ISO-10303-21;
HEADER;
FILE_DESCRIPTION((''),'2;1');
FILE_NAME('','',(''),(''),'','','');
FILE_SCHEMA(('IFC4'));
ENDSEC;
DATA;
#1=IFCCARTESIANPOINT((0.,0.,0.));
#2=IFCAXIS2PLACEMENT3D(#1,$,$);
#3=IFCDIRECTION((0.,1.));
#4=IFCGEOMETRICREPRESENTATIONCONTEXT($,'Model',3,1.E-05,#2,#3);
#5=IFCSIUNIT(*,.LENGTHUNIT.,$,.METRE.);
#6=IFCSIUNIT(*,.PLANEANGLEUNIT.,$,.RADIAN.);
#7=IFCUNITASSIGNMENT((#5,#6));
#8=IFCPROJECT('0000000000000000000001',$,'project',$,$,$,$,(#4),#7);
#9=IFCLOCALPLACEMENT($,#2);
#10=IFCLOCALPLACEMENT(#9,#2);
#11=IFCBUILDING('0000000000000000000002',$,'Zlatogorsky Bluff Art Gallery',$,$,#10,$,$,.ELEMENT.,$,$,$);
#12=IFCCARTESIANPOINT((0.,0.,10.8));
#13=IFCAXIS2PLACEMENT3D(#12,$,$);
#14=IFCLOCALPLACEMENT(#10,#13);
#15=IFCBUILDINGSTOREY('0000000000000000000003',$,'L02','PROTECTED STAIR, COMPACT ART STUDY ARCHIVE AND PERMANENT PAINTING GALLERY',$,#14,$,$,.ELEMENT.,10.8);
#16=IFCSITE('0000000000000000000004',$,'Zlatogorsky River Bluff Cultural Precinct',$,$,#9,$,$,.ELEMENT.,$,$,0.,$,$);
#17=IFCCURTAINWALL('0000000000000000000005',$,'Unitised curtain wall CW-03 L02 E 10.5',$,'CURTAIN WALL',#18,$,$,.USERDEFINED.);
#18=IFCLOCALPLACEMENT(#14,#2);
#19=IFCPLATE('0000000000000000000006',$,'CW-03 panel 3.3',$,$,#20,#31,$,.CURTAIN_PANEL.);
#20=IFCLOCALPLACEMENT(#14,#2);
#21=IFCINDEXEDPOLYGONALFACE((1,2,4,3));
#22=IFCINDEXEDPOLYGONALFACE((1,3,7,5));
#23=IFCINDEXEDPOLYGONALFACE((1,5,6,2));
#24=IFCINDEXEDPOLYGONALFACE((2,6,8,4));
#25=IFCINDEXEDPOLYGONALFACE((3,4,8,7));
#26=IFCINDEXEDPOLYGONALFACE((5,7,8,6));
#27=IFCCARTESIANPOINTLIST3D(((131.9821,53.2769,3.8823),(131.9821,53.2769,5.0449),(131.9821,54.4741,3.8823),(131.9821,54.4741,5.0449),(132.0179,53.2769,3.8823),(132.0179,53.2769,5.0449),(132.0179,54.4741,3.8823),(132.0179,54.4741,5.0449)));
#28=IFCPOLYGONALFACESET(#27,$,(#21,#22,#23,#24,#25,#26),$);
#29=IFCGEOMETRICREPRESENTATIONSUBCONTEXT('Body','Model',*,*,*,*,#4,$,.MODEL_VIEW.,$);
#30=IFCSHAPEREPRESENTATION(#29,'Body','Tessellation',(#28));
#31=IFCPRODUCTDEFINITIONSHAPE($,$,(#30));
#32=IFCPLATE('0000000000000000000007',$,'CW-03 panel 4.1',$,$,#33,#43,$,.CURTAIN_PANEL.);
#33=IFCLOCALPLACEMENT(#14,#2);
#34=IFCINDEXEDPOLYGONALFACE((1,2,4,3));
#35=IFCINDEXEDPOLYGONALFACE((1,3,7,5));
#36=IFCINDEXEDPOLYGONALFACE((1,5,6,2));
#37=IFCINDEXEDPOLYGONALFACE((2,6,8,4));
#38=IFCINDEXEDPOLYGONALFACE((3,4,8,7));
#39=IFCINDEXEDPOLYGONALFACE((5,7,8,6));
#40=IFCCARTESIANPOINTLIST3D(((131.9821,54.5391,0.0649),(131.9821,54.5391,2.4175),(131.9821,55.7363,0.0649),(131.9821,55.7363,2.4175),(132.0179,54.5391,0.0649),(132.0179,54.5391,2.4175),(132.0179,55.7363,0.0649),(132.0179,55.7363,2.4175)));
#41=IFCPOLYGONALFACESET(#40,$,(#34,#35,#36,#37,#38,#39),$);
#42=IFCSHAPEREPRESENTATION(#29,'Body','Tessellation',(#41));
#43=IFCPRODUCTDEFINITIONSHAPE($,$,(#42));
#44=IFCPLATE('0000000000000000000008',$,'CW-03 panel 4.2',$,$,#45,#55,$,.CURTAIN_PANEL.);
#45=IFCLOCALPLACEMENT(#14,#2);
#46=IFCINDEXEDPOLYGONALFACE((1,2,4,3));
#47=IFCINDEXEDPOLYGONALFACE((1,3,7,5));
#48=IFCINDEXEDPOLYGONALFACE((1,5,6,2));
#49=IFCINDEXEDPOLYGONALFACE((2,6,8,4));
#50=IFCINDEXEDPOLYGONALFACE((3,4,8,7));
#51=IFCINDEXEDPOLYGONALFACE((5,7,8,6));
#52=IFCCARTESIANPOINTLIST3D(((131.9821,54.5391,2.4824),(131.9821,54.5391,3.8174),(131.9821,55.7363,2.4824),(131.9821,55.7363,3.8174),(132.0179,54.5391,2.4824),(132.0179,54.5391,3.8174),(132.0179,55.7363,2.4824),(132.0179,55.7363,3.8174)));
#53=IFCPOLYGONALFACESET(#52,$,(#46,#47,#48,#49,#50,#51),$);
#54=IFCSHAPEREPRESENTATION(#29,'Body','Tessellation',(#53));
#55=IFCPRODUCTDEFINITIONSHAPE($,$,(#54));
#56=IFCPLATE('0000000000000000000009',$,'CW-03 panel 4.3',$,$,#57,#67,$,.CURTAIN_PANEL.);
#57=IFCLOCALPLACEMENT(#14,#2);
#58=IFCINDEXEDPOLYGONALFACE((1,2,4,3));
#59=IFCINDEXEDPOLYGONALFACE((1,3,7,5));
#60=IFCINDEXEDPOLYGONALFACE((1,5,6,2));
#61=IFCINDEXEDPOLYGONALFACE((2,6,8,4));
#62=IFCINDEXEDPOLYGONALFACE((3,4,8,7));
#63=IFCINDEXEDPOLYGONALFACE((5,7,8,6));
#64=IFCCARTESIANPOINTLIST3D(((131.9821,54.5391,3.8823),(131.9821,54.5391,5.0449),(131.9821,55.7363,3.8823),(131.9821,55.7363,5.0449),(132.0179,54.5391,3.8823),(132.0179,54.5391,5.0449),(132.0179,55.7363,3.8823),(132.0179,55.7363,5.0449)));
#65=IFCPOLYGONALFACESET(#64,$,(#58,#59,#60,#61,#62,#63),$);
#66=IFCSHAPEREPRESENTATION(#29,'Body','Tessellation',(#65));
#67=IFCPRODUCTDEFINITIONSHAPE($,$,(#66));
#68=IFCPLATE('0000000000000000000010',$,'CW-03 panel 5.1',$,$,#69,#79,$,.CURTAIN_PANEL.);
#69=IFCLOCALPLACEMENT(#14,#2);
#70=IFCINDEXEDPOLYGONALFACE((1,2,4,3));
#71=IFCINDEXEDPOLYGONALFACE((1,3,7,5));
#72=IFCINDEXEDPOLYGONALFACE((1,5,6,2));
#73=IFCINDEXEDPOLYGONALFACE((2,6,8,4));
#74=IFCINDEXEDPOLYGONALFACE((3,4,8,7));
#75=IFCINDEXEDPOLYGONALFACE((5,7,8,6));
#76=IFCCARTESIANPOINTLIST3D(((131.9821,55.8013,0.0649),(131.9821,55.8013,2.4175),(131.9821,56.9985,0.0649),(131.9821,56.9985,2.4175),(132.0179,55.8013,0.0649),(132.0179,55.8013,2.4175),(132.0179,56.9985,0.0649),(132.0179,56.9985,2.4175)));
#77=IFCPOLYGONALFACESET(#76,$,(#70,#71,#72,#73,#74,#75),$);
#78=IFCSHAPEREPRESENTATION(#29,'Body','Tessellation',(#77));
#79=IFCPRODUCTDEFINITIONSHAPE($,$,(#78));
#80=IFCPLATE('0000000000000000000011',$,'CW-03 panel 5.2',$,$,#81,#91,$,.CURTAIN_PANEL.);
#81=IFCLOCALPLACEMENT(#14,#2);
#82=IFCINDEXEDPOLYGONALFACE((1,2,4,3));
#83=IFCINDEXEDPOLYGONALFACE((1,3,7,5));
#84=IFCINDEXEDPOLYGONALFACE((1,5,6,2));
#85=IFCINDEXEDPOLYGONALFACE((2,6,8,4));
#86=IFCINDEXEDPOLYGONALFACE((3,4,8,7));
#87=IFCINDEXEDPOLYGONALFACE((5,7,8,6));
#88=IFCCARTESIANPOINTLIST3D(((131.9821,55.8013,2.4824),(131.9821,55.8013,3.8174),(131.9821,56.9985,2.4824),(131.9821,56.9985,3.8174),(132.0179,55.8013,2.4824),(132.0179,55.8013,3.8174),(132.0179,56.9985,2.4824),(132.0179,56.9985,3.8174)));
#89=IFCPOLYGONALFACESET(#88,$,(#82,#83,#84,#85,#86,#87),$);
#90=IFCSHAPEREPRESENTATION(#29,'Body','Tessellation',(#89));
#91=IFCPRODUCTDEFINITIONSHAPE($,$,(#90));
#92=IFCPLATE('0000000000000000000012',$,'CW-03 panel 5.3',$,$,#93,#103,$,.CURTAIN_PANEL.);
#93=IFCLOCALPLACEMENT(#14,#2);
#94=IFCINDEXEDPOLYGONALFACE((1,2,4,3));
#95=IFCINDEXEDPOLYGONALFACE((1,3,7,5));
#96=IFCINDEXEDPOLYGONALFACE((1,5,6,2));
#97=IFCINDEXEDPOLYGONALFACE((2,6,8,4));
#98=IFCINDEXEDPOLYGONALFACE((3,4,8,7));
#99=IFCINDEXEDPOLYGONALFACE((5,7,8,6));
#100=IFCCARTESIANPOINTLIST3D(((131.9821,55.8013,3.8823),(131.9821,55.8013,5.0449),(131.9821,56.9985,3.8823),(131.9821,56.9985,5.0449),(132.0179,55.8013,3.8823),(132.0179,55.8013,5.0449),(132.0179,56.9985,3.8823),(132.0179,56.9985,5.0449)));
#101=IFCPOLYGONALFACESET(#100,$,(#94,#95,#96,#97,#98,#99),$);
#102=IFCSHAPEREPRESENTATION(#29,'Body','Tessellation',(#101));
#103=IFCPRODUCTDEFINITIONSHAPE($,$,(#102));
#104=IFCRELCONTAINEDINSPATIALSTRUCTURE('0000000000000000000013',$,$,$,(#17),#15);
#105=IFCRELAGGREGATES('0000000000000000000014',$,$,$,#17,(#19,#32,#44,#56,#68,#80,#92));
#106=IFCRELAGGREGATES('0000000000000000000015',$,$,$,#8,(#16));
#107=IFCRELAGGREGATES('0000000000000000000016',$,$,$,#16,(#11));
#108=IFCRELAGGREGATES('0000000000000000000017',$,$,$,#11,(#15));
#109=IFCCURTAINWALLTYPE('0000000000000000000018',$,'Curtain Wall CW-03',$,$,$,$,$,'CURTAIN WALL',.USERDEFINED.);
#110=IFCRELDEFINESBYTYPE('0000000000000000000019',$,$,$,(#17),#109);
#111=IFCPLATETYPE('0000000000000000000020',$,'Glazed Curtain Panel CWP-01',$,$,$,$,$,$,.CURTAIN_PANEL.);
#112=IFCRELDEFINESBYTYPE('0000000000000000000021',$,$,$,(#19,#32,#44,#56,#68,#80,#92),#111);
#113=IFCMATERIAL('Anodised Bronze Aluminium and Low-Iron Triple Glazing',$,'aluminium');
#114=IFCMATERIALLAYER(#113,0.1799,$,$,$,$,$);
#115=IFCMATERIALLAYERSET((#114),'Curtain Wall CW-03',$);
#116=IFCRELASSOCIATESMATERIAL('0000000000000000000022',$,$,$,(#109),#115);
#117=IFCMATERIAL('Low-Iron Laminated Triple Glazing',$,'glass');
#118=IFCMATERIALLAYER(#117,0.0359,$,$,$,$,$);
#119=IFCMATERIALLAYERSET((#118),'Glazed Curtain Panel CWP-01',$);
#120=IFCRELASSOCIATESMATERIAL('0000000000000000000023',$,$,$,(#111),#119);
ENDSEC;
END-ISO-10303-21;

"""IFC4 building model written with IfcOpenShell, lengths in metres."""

from ifc_helpers import new_model, si_unit, direction, frame, origin, origin_2d, place, context, subcontext, project, spatial, rectangle, extrude, material, layer, layer_set, type_object, element, aggregate, save


model = new_model("IFC4")

# Units and contexts
model_context = context("Model", 3, precision=1e-05, world=origin(), true_north=direction((0.0, 1.0)))
body_context = subcontext(model_context, "Body", "Model", "MODEL_VIEW")
ifc_project = project(units=[si_unit("LENGTHUNIT", "METRE"), si_unit("PLANEANGLEUNIT", "RADIAN")], contexts=[model_context])

# Site, building, storey
site_placement = place(None, origin())
site = spatial("IfcSite", under=ifc_project, at=site_placement, Name="Zlatogorsky River Bluff Cultural Precinct", CompositionType="ELEMENT", RefElevation=0.0)
building_placement = place(site_placement, origin())
building = spatial("IfcBuilding", under=site, at=building_placement, Name="Zlatogorsky Bluff Art Gallery", CompositionType="ELEMENT")
storey_placement = place(building_placement, frame((0.0, 0.0, 10.8)))
storey = spatial("IfcBuildingStorey", under=building, at=storey_placement, Name="L02", Description="PROTECTED STAIR, COMPACT ART STUDY ARCHIVE AND PERMANENT PAINTING GALLERY", CompositionType="ELEMENT", Elevation=10.8)

# Curtain wall, plates
ifc_material_1 = material(Name="Anodised Bronze Aluminium and Low-Iron Triple Glazing", Category="aluminium")
ifc_layer_1 = layer(ifc_material_1, 0.1799)
ifc_layer_set_1 = layer_set([ifc_layer_1], Name="Curtain Wall CW-03")
curtain_wall_type = type_object("IfcCurtainWallType", Name="Curtain Wall CW-03", ElementType="CURTAIN WALL", PredefinedType="USERDEFINED", material=ifc_layer_set_1)
curtain_wall_placement = place(storey_placement, origin())
curtain_wall = element("IfcCurtainWall", 1, at=curtain_wall_placement, inside=storey, type_object=curtain_wall_type, Name="Unitised curtain wall CW-03 L02 E 10.5", ObjectType="CURTAIN WALL", PredefinedType="USERDEFINED")
ifc_material_2 = material(Name="Low-Iron Laminated Triple Glazing", Category="glass")
ifc_layer_2 = layer(ifc_material_2, 0.0359)
ifc_layer_set_2 = layer_set([ifc_layer_2], Name="Glazed Curtain Panel CWP-01")
plate_type = type_object("IfcPlateType", Name="Glazed Curtain Panel CWP-01", PredefinedType="CURTAIN_PANEL", material=ifc_layer_set_2)
plate_1_placement = place(storey_placement, frame((132.0, 53.8755, 3.8823), z_axis=(0.0, 0.0, 1.0), x_axis=(0.0, 1.0, 0.0)))
plate_1 = element("IfcPlate", 2, at=plate_1_placement, type_object=plate_type, Name="CW-03 panel 3.3", PredefinedType="CURTAIN_PANEL", context=body_context, shape_type="SweptSolid", body=[
    extrude(rectangle(XDim=1.1973, YDim=0.0359, at=origin_2d()), origin(), (0.0, 0.0, 1.0), 1.1626),
])
plate_2_placement = place(storey_placement, frame((132.0, 55.1377, 0.0649), z_axis=(0.0, 0.0, 1.0), x_axis=(0.0, 1.0, 0.0)))
plate_2 = element("IfcPlate", 3, at=plate_2_placement, type_object=plate_type, Name="CW-03 panel 4.1", PredefinedType="CURTAIN_PANEL", context=body_context, shape_type="SweptSolid", body=[
    extrude(rectangle(XDim=1.1973, YDim=0.0359, at=origin_2d()), origin(), (0.0, 0.0, 1.0), 2.3525),
])
plate_3_placement = place(storey_placement, frame((132.0, 55.1377, 2.4824), z_axis=(0.0, 0.0, 1.0), x_axis=(0.0, 1.0, 0.0)))
plate_3 = element("IfcPlate", 4, at=plate_3_placement, type_object=plate_type, Name="CW-03 panel 4.2", PredefinedType="CURTAIN_PANEL", context=body_context, shape_type="SweptSolid", body=[
    extrude(rectangle(XDim=1.1973, YDim=0.0359, at=origin_2d()), origin(), (0.0, 0.0, 1.0), 1.335),
])
plate_4_placement = place(storey_placement, frame((132.0, 55.1377, 3.8823), z_axis=(0.0, 0.0, 1.0), x_axis=(0.0, 1.0, 0.0)))
plate_4 = element("IfcPlate", 5, at=plate_4_placement, type_object=plate_type, Name="CW-03 panel 4.3", PredefinedType="CURTAIN_PANEL", context=body_context, shape_type="SweptSolid", body=[
    extrude(rectangle(XDim=1.1973, YDim=0.0359, at=origin_2d()), origin(), (0.0, 0.0, 1.0), 1.1626),
])
plate_5_placement = place(storey_placement, frame((132.0, 56.3999, 0.0649), z_axis=(0.0, 0.0, 1.0), x_axis=(0.0, 1.0, 0.0)))
plate_5 = element("IfcPlate", 6, at=plate_5_placement, type_object=plate_type, Name="CW-03 panel 5.1", PredefinedType="CURTAIN_PANEL", context=body_context, shape_type="SweptSolid", body=[
    extrude(rectangle(XDim=1.1973, YDim=0.0359, at=origin_2d()), origin(), (0.0, 0.0, 1.0), 2.3525),
])
plate_6_placement = place(storey_placement, frame((132.0, 56.3999, 2.4824), z_axis=(0.0, 0.0, 1.0), x_axis=(0.0, 1.0, 0.0)))
plate_6 = element("IfcPlate", 7, at=plate_6_placement, type_object=plate_type, Name="CW-03 panel 5.2", PredefinedType="CURTAIN_PANEL", context=body_context, shape_type="SweptSolid", body=[
    extrude(rectangle(XDim=1.1973, YDim=0.0359, at=origin_2d()), origin(), (0.0, 0.0, 1.0), 1.335),
])
plate_7_placement = place(storey_placement, frame((132.0, 56.3999, 3.8823), z_axis=(0.0, 0.0, 1.0), x_axis=(0.0, 1.0, 0.0)))
plate_7 = element("IfcPlate", 8, at=plate_7_placement, type_object=plate_type, Name="CW-03 panel 5.3", PredefinedType="CURTAIN_PANEL", context=body_context, shape_type="SweptSolid", body=[
    extrude(rectangle(XDim=1.1973, YDim=0.0359, at=origin_2d()), origin(), (0.0, 0.0, 1.0), 1.1626),
])
aggregate(curtain_wall, [plate_1, plate_2, plate_3, plate_4, plate_5, plate_6, plate_7])

save(model, "model.ifc")
